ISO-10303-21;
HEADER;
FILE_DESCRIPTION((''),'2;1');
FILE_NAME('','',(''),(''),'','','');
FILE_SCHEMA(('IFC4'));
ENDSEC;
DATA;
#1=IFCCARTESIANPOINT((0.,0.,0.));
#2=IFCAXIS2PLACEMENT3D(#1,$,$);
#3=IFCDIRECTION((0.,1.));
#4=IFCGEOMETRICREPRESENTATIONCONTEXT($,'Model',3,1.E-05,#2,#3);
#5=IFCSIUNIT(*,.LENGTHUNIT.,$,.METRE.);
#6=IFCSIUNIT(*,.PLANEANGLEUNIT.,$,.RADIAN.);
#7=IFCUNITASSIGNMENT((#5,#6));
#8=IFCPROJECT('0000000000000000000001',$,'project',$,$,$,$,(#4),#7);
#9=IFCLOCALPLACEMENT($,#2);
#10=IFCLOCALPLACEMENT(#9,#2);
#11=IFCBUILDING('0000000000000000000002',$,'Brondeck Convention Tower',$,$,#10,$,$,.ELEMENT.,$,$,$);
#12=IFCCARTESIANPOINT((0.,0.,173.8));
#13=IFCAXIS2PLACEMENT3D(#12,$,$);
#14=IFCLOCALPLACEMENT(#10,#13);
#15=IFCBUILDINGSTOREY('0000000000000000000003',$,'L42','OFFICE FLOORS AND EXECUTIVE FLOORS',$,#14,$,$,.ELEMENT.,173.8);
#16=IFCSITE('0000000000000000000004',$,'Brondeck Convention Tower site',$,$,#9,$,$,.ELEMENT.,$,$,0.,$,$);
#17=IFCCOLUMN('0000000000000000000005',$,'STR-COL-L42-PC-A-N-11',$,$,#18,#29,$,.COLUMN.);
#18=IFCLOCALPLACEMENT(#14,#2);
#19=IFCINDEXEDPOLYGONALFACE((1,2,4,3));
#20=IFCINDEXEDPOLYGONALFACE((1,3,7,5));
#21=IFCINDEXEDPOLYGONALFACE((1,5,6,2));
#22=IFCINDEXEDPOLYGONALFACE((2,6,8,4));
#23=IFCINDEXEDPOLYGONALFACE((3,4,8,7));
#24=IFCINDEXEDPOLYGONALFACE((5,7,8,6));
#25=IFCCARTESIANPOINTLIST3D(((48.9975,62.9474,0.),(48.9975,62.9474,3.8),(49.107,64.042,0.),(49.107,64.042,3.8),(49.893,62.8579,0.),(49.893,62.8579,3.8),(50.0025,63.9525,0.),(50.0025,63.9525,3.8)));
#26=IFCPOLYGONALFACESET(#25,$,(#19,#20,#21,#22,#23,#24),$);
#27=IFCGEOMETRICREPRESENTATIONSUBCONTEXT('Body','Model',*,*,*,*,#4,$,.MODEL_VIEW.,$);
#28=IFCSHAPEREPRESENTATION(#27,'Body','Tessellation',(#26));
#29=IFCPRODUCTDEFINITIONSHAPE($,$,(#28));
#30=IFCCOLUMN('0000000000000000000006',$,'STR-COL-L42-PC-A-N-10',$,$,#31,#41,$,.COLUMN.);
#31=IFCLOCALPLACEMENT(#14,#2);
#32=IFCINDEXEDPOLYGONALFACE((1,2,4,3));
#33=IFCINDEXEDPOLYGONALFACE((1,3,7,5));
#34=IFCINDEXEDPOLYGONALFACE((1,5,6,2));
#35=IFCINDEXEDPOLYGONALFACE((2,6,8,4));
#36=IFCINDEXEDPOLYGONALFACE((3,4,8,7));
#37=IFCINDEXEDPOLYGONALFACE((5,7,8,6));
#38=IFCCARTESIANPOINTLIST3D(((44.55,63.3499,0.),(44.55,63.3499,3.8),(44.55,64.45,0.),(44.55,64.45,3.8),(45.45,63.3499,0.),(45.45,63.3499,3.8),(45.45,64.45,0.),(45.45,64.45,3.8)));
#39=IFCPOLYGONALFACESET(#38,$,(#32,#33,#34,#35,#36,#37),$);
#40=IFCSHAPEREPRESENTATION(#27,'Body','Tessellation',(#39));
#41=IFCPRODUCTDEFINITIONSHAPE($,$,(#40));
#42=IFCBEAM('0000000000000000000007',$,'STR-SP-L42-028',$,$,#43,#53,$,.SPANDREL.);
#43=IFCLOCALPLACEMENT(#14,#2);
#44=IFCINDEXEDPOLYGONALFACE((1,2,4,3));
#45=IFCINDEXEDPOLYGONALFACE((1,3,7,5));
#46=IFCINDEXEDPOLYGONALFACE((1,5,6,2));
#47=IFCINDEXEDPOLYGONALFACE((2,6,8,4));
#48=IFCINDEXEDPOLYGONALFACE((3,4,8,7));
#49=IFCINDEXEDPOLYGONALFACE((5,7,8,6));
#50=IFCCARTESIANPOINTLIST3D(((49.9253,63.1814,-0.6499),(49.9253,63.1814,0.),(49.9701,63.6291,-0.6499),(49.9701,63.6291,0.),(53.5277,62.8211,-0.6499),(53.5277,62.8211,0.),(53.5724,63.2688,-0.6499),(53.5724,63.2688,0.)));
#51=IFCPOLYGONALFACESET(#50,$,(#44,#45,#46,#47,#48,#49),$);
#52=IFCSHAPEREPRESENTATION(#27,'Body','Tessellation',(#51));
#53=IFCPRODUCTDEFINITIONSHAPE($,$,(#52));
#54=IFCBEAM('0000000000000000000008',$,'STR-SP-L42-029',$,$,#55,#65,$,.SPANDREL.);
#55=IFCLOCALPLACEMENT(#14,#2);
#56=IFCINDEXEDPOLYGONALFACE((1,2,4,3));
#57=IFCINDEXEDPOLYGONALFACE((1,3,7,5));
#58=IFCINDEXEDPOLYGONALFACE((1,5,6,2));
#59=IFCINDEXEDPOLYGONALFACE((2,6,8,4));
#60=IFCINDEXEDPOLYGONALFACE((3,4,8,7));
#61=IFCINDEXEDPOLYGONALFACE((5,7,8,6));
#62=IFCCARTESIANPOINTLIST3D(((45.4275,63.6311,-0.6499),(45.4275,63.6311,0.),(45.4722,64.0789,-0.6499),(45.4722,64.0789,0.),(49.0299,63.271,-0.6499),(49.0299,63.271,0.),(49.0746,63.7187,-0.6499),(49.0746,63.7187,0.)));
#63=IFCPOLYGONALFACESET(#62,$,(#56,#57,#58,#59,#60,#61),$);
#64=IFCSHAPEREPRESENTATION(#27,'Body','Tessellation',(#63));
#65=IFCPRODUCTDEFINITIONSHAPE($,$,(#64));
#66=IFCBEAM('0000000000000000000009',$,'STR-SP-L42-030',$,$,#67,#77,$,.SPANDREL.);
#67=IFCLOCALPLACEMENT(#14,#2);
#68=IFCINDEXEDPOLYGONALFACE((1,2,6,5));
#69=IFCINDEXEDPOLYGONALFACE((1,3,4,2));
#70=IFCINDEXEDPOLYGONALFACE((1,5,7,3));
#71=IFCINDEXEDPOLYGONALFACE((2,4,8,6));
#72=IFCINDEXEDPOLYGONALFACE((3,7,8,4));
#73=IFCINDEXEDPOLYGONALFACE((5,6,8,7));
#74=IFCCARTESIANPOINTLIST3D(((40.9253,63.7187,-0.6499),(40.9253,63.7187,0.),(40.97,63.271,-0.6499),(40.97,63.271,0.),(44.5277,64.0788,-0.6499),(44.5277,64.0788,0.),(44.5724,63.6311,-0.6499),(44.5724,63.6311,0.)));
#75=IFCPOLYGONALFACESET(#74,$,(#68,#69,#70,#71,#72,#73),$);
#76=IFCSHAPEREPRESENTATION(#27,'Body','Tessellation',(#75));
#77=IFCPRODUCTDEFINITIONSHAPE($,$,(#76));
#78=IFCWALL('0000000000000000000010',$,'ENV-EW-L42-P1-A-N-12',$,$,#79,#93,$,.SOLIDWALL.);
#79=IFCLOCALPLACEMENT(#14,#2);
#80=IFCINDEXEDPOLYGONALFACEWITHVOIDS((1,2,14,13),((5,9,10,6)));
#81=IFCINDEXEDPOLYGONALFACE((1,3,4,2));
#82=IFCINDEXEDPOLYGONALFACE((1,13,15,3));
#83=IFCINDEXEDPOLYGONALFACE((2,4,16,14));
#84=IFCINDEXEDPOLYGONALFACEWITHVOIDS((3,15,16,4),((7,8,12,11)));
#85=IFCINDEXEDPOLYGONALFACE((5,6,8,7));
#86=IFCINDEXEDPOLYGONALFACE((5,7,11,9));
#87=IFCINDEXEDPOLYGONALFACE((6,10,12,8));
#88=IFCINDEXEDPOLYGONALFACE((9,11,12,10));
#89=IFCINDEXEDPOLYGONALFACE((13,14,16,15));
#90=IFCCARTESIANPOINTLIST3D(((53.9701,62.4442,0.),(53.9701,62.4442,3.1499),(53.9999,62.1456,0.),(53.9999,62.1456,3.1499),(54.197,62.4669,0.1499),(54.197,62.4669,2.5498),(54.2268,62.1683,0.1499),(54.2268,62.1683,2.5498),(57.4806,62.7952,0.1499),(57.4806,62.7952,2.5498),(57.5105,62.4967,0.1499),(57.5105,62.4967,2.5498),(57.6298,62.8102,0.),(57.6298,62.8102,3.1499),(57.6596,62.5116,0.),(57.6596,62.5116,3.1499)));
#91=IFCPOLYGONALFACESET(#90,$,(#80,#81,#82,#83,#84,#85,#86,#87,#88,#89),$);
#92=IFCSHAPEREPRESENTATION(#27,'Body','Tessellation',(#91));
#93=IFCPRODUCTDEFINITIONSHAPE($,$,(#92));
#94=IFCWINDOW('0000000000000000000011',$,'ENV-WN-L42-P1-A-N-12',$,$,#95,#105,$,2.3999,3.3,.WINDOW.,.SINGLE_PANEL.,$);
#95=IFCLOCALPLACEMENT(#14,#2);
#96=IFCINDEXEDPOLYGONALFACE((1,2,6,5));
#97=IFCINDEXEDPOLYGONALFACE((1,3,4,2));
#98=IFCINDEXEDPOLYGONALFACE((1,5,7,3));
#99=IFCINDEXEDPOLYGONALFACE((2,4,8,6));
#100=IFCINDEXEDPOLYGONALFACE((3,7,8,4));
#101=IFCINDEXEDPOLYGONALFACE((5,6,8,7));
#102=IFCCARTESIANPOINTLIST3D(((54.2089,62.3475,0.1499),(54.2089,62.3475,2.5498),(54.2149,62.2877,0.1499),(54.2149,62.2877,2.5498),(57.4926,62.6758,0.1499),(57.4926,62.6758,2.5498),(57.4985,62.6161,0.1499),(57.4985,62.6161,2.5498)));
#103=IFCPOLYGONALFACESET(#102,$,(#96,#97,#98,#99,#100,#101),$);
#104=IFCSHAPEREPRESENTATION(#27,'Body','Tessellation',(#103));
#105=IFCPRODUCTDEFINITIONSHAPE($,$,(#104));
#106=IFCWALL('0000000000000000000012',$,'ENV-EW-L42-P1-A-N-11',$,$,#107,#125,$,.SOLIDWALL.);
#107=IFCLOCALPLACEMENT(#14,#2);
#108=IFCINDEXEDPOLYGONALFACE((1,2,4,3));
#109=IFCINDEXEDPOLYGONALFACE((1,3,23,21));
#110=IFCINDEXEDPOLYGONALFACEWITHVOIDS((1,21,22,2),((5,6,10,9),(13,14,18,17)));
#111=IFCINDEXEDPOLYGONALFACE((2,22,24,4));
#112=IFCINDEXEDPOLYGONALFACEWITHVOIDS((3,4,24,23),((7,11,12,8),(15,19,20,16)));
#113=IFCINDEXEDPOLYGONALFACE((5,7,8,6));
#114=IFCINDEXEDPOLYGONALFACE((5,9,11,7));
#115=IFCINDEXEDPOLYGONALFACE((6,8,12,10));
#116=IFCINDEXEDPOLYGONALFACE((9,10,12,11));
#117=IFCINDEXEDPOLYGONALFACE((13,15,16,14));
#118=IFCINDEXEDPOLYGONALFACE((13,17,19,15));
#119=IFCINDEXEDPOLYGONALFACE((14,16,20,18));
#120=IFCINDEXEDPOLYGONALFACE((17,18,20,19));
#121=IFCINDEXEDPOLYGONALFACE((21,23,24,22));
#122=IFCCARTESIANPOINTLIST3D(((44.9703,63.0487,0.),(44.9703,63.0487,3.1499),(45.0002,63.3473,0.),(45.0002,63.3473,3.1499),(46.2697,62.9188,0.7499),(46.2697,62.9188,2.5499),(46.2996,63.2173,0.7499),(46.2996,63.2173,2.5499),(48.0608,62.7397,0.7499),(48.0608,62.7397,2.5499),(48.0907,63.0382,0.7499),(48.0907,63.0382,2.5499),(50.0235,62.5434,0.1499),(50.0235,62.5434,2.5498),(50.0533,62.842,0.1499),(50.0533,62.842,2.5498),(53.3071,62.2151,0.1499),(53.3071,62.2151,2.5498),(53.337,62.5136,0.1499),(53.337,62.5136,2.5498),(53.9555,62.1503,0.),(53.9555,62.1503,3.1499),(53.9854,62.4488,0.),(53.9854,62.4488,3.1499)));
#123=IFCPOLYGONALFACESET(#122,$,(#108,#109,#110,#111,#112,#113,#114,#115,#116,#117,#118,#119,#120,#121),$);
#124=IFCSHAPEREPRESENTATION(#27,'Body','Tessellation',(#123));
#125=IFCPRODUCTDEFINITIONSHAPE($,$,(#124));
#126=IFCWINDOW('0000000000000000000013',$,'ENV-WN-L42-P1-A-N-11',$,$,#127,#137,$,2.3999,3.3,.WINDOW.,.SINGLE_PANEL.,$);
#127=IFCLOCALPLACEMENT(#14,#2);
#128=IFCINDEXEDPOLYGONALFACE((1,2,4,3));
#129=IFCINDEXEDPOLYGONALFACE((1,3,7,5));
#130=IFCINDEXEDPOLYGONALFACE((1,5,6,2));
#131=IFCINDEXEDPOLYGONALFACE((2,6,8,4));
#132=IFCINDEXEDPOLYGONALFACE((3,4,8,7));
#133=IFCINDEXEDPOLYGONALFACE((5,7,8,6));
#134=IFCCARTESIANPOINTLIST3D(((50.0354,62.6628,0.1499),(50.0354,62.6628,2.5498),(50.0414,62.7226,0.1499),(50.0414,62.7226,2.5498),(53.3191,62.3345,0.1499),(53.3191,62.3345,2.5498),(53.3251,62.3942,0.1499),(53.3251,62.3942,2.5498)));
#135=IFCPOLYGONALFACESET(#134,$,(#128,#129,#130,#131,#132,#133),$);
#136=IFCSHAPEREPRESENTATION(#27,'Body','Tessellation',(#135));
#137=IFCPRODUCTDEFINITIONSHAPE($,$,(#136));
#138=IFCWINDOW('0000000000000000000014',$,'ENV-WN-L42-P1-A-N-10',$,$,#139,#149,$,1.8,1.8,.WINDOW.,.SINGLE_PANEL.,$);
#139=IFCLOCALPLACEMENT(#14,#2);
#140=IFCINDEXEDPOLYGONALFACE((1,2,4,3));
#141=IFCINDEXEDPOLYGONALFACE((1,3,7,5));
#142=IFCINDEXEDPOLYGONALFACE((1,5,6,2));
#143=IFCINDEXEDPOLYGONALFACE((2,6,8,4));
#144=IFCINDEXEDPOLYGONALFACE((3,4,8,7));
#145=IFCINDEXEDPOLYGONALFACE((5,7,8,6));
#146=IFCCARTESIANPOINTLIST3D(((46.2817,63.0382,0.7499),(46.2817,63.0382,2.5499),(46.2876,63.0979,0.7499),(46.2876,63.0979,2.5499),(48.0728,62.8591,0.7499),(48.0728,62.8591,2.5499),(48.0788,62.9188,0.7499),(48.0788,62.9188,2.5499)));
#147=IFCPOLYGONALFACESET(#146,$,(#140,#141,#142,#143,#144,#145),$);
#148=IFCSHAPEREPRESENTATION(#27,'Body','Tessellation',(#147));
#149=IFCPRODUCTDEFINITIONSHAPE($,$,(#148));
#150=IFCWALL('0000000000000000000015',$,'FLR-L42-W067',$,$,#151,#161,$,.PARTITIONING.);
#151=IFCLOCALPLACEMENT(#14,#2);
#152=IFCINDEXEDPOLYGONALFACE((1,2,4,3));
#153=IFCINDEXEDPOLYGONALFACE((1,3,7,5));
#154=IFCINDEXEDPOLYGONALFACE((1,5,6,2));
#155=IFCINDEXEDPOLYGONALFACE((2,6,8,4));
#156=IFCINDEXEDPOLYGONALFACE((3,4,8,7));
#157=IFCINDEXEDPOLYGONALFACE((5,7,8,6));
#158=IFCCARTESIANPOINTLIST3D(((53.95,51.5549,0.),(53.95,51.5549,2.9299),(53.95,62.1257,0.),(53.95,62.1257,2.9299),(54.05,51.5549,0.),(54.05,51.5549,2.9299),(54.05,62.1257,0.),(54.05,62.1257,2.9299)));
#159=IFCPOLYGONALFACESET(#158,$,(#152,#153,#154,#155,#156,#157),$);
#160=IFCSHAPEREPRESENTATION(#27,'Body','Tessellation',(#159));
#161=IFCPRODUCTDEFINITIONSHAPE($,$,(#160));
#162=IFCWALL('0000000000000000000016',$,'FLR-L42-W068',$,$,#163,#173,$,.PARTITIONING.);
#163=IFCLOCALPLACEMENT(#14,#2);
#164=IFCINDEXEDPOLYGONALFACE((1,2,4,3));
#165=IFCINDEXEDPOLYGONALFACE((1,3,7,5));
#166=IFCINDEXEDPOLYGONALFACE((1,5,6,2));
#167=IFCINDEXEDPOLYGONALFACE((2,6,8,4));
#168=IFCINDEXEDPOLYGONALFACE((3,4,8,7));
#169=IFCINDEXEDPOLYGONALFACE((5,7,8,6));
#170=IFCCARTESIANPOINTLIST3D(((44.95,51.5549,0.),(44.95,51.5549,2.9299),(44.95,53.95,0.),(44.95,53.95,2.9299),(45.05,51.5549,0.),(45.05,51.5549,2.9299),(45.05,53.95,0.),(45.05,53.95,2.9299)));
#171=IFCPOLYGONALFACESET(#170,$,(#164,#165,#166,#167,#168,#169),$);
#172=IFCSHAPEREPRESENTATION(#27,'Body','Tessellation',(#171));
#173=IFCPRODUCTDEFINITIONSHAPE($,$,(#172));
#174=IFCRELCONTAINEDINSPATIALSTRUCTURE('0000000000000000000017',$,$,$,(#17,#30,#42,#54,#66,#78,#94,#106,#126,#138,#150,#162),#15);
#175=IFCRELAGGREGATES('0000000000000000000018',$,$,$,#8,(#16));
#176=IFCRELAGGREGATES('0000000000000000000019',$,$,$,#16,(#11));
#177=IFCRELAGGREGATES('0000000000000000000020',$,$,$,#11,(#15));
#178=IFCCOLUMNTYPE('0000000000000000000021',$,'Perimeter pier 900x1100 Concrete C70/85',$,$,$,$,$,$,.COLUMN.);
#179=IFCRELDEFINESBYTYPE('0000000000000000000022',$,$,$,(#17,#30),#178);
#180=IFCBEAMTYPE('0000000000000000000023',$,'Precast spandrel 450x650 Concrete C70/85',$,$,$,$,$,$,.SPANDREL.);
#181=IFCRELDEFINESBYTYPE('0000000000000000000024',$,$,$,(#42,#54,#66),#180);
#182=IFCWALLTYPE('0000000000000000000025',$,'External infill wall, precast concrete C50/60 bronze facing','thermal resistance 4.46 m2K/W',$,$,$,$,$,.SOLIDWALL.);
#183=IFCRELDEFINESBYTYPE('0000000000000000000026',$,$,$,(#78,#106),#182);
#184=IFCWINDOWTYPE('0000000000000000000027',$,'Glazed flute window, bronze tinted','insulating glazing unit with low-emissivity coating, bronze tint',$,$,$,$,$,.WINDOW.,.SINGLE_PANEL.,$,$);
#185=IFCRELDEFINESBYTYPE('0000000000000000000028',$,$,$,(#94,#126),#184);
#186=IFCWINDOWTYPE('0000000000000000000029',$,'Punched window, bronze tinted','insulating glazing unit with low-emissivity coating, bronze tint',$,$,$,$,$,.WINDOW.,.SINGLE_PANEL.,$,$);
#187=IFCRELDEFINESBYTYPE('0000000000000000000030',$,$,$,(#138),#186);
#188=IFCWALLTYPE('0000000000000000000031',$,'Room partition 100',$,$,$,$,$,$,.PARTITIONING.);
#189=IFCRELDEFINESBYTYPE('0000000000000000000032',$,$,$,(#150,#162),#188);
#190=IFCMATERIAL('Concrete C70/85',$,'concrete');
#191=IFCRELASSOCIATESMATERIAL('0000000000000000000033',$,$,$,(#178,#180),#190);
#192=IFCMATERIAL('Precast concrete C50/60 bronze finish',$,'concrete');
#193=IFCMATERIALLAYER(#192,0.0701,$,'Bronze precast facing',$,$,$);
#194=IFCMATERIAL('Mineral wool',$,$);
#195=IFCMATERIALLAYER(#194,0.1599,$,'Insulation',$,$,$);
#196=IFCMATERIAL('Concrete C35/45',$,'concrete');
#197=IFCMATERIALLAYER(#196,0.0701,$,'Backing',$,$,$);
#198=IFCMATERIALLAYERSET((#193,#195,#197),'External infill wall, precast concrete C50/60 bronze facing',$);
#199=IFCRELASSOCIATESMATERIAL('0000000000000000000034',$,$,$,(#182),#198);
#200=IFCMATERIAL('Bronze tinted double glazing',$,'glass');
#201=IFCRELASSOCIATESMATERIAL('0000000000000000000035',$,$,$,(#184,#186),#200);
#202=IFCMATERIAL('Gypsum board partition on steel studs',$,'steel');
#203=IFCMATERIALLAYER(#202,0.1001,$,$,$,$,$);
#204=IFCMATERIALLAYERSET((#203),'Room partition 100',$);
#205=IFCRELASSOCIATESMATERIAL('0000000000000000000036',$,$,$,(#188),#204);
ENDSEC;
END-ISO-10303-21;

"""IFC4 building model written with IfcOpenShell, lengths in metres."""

from ifc_helpers import new_model, si_unit, direction, frame, frame_2d, origin, origin_2d, place, context, subcontext, project, spatial, rectangle, extrude, material, layer, layer_set, material_profile, profile_set, type_object, element, fill, save


model = new_model("IFC4")

# Units and contexts
model_context = context("Model", 3, precision=1e-05, world=origin(), true_north=direction((0.0, 1.0)))
body_context = subcontext(model_context, "Body", "Model", "MODEL_VIEW")
ifc_project = project(units=[si_unit("LENGTHUNIT", "METRE"), si_unit("PLANEANGLEUNIT", "RADIAN")], contexts=[model_context])

# Site, building, storey
site_placement = place(None, origin())
site = spatial("IfcSite", under=ifc_project, at=site_placement, Name="Brondeck Convention Tower site", CompositionType="ELEMENT", RefElevation=0.0)
building_placement = place(site_placement, origin())
building = spatial("IfcBuilding", under=site, at=building_placement, Name="Brondeck Convention Tower", CompositionType="ELEMENT")
storey_placement = place(building_placement, frame((0.0, 0.0, 173.8)))
storey = spatial("IfcBuildingStorey", under=building, at=storey_placement, Name="L42", Description="OFFICE FLOORS AND EXECUTIVE FLOORS", CompositionType="ELEMENT", Elevation=173.8)

# Columns
ifc_material_1 = material(Name="Concrete C70/85", Category="concrete")
ifc_material_profile_1 = material_profile(ifc_material_1, rectangle(XDim=0.8999, YDim=1.1001, at=origin_2d()), Name="Perimeter pier 900x1100 Concrete C70/85")
ifc_profile_set_1 = profile_set([ifc_material_profile_1], Name="Concrete C70/85")
column_type = type_object("IfcColumnType", Name="Perimeter pier 900x1100 Concrete C70/85", PredefinedType="COLUMN", material=ifc_profile_set_1)
for number, where, z_axis, x_axis, name in (
    (1, (49.5, 63.45, 0.0), (0.0, 0.0, 1.0), (-0.995037, 0.099504, 0.0), "STR-COL-L42-PC-A-N-11"),
    (2, (45.0, 63.8999, 0.0), (0.0, 0.0, 1.0), (-1.0, 0.0, 0.0), "STR-COL-L42-PC-A-N-10"),
):
    element("IfcColumn", number, at=place(storey_placement, frame(where, z_axis=z_axis, x_axis=x_axis)), inside=storey, type_object=column_type, Name=name, PredefinedType="COLUMN", context=body_context, shape_type="SweptSolid", body=[
        extrude(rectangle(XDim=0.8999, YDim=1.1001, at=origin_2d()), origin(), (0.0, 0.0, 1.0), 3.8),
    ])

# Beams
ifc_material_profile_2 = material_profile(ifc_material_1, rectangle(XDim=0.45, YDim=0.6499, at=origin_2d()), Name="Precast spandrel 450x650 Concrete C70/85")
ifc_profile_set_2 = profile_set([ifc_material_profile_2], Name="Concrete C70/85")
beam_type = type_object("IfcBeamType", Name="Precast spandrel 450x650 Concrete C70/85", PredefinedType="SPANDREL", material=ifc_profile_set_2)
for number, where, z_axis, x_axis, name in (
    (3, (53.55, 63.0449, -0.325), (-0.995034, 0.099537, 0.0), (-0.099537, -0.995034, 0.0), "STR-SP-L42-028"),
    (4, (49.0522, 63.4949, -0.325), (-0.995041, 0.09947, 0.0), (-0.09947, -0.995041, 0.0), "STR-SP-L42-029"),
    (5, (44.55, 63.855, -0.325), (-0.995041, -0.09947, 0.0), (0.09947, -0.995041, 0.0), "STR-SP-L42-030"),
):
    element("IfcBeam", number, at=place(storey_placement, frame(where, z_axis=z_axis, x_axis=x_axis)), inside=storey, type_object=beam_type, Name=name, PredefinedType="SPANDREL", context=body_context, shape_type="SweptSolid", body=[
        extrude(rectangle(XDim=0.45, YDim=0.6499, at=origin_2d()), origin(), (0.0, 0.0, 1.0), 3.6204),
    ])

# Wall, opening, window
ifc_material_2 = material(Name="Precast concrete C50/60 bronze finish", Category="concrete")
ifc_layer_1 = layer(ifc_material_2, 0.0701, Name="Bronze precast facing")
ifc_material_3 = material(Name="Mineral wool")
ifc_layer_2 = layer(ifc_material_3, 0.1599, Name="Insulation")
ifc_material_4 = material(Name="Concrete C35/45", Category="concrete")
ifc_layer_3 = layer(ifc_material_4, 0.0701, Name="Backing")
ifc_layer_set_1 = layer_set([ifc_layer_1, ifc_layer_2, ifc_layer_3], Name="External infill wall, precast concrete C50/60 bronze facing")
wall_type_1 = type_object("IfcWallType", Name="External infill wall, precast concrete C50/60 bronze facing", Description="thermal resistance 4.46 m2K/W", PredefinedType="SOLIDWALL", material=ifc_layer_set_1)
wall_1_placement = place(storey_placement, frame((53.9851, 62.2949, 0.0), z_axis=(0.0, 0.0, 1.0), x_axis=(0.995037, 0.099504, 0.0)))
wall_1 = element("IfcWall", 6, at=wall_1_placement, inside=storey, type_object=wall_type_1, Name="ENV-EW-L42-P1-A-N-12", PredefinedType="SOLIDWALL", context=body_context, shape_type="SweptSolid", body=[
    extrude(rectangle(XDim=3.678, YDim=0.3, at=frame_2d((1.8389, 0.0))), origin(), (0.0, 0.0, 1.0), 3.1499),
])
opening_1_placement = place(wall_1_placement, frame((0.228, 0.0, 0.1499)))
opening_1 = element("IfcOpeningElement", 7, at=opening_1_placement, cuts=wall_1, PredefinedType="OPENING", context=body_context, shape_type="SweptSolid", body=[
    extrude(rectangle(XDim=3.3, YDim=2.3999, at=frame_2d((1.6499, 1.2))), frame((0.0, 0.1599, 0.0), z_axis=(0.0, -1.0, 0.0), x_axis=(1.0, 0.0, 0.0)), (0.0, 0.0, 1.0), 0.3201),
])
ifc_material_5 = material(Name="Bronze tinted double glazing", Category="glass")
window_type_1 = type_object("IfcWindowType", Name="Glazed flute window, bronze tinted", Description="insulating glazing unit with low-emissivity coating, bronze tint", PartitioningType="SINGLE_PANEL", PredefinedType="WINDOW", material=ifc_material_5)
window_1_placement = place(opening_1_placement, origin())
window_1 = element("IfcWindow", 8, at=window_1_placement, inside=storey, type_object=window_type_1, Name="ENV-WN-L42-P1-A-N-12", OverallHeight=2.3999, OverallWidth=3.3, PartitioningType="SINGLE_PANEL", PredefinedType="WINDOW", context=body_context, shape_type="SweptSolid", body=[
    extrude(rectangle(XDim=3.3, YDim=2.3999, at=frame_2d((1.6499, 1.2))), frame((0.0, 0.03, 0.0), z_axis=(0.0, -1.0, 0.0), x_axis=(1.0, 0.0, 0.0)), (0.0, 0.0, 1.0), 0.0601),
])
fill(opening_1, window_1)

# Wall, openings, windows
wall_2_placement = place(storey_placement, frame((44.9851, 63.198, 0.0), z_axis=(0.0, 0.0, 1.0), x_axis=(0.995038, -0.099496, 0.0)))
wall_2 = element("IfcWall", 9, at=wall_2_placement, inside=storey, type_object=wall_type_1, Name="ENV-EW-L42-P1-A-N-11", PredefinedType="SOLIDWALL", context=body_context, shape_type="SweptSolid", body=[
    extrude(rectangle(XDim=9.03, YDim=0.3, at=frame_2d((4.5151, 0.0))), origin(), (0.0, 0.0, 1.0), 3.1499),
])
opening_2_placement = place(wall_2_placement, frame((1.3062, 0.0, 0.75)))
opening_2 = element("IfcOpeningElement", 10, at=opening_2_placement, cuts=wall_2, PredefinedType="OPENING", context=body_context, shape_type="SweptSolid", body=[
    extrude(rectangle(XDim=1.8, YDim=1.8, at=frame_2d((0.8999, 0.8999))), frame((0.0, 0.1599, 0.0), z_axis=(0.0, -1.0, 0.0), x_axis=(1.0, 0.0, 0.0)), (0.0, 0.0, 1.0), 0.3201),
])
opening_3_placement = place(wall_2_placement, frame((5.0786, 0.0, 0.1499)))
opening_3 = element("IfcOpeningElement", 11, at=opening_3_placement, cuts=wall_2, PredefinedType="OPENING", context=body_context, shape_type="SweptSolid", body=[
    extrude(rectangle(XDim=3.3, YDim=2.3999, at=frame_2d((1.6499, 1.2))), frame((0.0, 0.1599, 0.0), z_axis=(0.0, -1.0, 0.0), x_axis=(1.0, 0.0, 0.0)), (0.0, 0.0, 1.0), 0.3201),
])
window_2_placement = place(opening_3_placement, origin())
window_2 = element("IfcWindow", 12, at=window_2_placement, inside=storey, type_object=window_type_1, Name="ENV-WN-L42-P1-A-N-11", OverallHeight=2.3999, OverallWidth=3.3, PartitioningType="SINGLE_PANEL", PredefinedType="WINDOW", context=body_context, shape_type="SweptSolid", body=[
    extrude(rectangle(XDim=3.3, YDim=2.3999, at=frame_2d((1.6499, 1.2))), frame((0.0, 0.03, 0.0), z_axis=(0.0, -1.0, 0.0), x_axis=(1.0, 0.0, 0.0)), (0.0, 0.0, 1.0), 0.0601),
])
fill(opening_3, window_2)
window_type_2 = type_object("IfcWindowType", Name="Punched window, bronze tinted", Description="insulating glazing unit with low-emissivity coating, bronze tint", PartitioningType="SINGLE_PANEL", PredefinedType="WINDOW", material=ifc_material_5)
window_3_placement = place(opening_2_placement, origin())
window_3 = element("IfcWindow", 13, at=window_3_placement, inside=storey, type_object=window_type_2, Name="ENV-WN-L42-P1-A-N-10", OverallHeight=1.8, OverallWidth=1.8, PartitioningType="SINGLE_PANEL", PredefinedType="WINDOW", context=body_context, shape_type="SweptSolid", body=[
    extrude(rectangle(XDim=1.8, YDim=1.8, at=frame_2d((0.8999, 0.8999))), frame((0.0, 0.03, 0.0), z_axis=(0.0, -1.0, 0.0), x_axis=(1.0, 0.0, 0.0)), (0.0, 0.0, 1.0), 0.0601),
])
fill(opening_2, window_3)

# Walls
ifc_material_6 = material(Name="Gypsum board partition on steel studs", Category="steel")
ifc_layer_4 = layer(ifc_material_6, 0.1001)
ifc_layer_set_2 = layer_set([ifc_layer_4], Name="Room partition 100")
wall_type_2 = type_object("IfcWallType", Name="Room partition 100", PredefinedType="PARTITIONING", material=ifc_layer_set_2)
wall_3_placement = place(storey_placement, frame((54.0, 51.5549, 0.0), z_axis=(0.0, 0.0, 1.0), x_axis=(0.0, 1.0, 0.0)))
element("IfcWall", 14, at=wall_3_placement, inside=storey, type_object=wall_type_2, Name="FLR-L42-W067", PredefinedType="PARTITIONING", context=body_context, shape_type="SweptSolid", body=[
    extrude(rectangle(XDim=10.5708, YDim=0.1001, at=frame_2d((5.2854, 0.0))), origin(), (0.0, 0.0, 1.0), 2.9299),
])
wall_4_placement = place(storey_placement, frame((45.0, 53.95, 0.0), z_axis=(0.0, 0.0, 1.0), x_axis=(0.0, -1.0, 0.0)))
element("IfcWall", 15, at=wall_4_placement, inside=storey, type_object=wall_type_2, Name="FLR-L42-W068", PredefinedType="PARTITIONING", context=body_context, shape_type="SweptSolid", body=[
    extrude(rectangle(XDim=2.395, YDim=0.1001, at=frame_2d((1.1975, 0.0))), origin(), (0.0, 0.0, 1.0), 2.9299),
])

save(model, "model.ifc")
